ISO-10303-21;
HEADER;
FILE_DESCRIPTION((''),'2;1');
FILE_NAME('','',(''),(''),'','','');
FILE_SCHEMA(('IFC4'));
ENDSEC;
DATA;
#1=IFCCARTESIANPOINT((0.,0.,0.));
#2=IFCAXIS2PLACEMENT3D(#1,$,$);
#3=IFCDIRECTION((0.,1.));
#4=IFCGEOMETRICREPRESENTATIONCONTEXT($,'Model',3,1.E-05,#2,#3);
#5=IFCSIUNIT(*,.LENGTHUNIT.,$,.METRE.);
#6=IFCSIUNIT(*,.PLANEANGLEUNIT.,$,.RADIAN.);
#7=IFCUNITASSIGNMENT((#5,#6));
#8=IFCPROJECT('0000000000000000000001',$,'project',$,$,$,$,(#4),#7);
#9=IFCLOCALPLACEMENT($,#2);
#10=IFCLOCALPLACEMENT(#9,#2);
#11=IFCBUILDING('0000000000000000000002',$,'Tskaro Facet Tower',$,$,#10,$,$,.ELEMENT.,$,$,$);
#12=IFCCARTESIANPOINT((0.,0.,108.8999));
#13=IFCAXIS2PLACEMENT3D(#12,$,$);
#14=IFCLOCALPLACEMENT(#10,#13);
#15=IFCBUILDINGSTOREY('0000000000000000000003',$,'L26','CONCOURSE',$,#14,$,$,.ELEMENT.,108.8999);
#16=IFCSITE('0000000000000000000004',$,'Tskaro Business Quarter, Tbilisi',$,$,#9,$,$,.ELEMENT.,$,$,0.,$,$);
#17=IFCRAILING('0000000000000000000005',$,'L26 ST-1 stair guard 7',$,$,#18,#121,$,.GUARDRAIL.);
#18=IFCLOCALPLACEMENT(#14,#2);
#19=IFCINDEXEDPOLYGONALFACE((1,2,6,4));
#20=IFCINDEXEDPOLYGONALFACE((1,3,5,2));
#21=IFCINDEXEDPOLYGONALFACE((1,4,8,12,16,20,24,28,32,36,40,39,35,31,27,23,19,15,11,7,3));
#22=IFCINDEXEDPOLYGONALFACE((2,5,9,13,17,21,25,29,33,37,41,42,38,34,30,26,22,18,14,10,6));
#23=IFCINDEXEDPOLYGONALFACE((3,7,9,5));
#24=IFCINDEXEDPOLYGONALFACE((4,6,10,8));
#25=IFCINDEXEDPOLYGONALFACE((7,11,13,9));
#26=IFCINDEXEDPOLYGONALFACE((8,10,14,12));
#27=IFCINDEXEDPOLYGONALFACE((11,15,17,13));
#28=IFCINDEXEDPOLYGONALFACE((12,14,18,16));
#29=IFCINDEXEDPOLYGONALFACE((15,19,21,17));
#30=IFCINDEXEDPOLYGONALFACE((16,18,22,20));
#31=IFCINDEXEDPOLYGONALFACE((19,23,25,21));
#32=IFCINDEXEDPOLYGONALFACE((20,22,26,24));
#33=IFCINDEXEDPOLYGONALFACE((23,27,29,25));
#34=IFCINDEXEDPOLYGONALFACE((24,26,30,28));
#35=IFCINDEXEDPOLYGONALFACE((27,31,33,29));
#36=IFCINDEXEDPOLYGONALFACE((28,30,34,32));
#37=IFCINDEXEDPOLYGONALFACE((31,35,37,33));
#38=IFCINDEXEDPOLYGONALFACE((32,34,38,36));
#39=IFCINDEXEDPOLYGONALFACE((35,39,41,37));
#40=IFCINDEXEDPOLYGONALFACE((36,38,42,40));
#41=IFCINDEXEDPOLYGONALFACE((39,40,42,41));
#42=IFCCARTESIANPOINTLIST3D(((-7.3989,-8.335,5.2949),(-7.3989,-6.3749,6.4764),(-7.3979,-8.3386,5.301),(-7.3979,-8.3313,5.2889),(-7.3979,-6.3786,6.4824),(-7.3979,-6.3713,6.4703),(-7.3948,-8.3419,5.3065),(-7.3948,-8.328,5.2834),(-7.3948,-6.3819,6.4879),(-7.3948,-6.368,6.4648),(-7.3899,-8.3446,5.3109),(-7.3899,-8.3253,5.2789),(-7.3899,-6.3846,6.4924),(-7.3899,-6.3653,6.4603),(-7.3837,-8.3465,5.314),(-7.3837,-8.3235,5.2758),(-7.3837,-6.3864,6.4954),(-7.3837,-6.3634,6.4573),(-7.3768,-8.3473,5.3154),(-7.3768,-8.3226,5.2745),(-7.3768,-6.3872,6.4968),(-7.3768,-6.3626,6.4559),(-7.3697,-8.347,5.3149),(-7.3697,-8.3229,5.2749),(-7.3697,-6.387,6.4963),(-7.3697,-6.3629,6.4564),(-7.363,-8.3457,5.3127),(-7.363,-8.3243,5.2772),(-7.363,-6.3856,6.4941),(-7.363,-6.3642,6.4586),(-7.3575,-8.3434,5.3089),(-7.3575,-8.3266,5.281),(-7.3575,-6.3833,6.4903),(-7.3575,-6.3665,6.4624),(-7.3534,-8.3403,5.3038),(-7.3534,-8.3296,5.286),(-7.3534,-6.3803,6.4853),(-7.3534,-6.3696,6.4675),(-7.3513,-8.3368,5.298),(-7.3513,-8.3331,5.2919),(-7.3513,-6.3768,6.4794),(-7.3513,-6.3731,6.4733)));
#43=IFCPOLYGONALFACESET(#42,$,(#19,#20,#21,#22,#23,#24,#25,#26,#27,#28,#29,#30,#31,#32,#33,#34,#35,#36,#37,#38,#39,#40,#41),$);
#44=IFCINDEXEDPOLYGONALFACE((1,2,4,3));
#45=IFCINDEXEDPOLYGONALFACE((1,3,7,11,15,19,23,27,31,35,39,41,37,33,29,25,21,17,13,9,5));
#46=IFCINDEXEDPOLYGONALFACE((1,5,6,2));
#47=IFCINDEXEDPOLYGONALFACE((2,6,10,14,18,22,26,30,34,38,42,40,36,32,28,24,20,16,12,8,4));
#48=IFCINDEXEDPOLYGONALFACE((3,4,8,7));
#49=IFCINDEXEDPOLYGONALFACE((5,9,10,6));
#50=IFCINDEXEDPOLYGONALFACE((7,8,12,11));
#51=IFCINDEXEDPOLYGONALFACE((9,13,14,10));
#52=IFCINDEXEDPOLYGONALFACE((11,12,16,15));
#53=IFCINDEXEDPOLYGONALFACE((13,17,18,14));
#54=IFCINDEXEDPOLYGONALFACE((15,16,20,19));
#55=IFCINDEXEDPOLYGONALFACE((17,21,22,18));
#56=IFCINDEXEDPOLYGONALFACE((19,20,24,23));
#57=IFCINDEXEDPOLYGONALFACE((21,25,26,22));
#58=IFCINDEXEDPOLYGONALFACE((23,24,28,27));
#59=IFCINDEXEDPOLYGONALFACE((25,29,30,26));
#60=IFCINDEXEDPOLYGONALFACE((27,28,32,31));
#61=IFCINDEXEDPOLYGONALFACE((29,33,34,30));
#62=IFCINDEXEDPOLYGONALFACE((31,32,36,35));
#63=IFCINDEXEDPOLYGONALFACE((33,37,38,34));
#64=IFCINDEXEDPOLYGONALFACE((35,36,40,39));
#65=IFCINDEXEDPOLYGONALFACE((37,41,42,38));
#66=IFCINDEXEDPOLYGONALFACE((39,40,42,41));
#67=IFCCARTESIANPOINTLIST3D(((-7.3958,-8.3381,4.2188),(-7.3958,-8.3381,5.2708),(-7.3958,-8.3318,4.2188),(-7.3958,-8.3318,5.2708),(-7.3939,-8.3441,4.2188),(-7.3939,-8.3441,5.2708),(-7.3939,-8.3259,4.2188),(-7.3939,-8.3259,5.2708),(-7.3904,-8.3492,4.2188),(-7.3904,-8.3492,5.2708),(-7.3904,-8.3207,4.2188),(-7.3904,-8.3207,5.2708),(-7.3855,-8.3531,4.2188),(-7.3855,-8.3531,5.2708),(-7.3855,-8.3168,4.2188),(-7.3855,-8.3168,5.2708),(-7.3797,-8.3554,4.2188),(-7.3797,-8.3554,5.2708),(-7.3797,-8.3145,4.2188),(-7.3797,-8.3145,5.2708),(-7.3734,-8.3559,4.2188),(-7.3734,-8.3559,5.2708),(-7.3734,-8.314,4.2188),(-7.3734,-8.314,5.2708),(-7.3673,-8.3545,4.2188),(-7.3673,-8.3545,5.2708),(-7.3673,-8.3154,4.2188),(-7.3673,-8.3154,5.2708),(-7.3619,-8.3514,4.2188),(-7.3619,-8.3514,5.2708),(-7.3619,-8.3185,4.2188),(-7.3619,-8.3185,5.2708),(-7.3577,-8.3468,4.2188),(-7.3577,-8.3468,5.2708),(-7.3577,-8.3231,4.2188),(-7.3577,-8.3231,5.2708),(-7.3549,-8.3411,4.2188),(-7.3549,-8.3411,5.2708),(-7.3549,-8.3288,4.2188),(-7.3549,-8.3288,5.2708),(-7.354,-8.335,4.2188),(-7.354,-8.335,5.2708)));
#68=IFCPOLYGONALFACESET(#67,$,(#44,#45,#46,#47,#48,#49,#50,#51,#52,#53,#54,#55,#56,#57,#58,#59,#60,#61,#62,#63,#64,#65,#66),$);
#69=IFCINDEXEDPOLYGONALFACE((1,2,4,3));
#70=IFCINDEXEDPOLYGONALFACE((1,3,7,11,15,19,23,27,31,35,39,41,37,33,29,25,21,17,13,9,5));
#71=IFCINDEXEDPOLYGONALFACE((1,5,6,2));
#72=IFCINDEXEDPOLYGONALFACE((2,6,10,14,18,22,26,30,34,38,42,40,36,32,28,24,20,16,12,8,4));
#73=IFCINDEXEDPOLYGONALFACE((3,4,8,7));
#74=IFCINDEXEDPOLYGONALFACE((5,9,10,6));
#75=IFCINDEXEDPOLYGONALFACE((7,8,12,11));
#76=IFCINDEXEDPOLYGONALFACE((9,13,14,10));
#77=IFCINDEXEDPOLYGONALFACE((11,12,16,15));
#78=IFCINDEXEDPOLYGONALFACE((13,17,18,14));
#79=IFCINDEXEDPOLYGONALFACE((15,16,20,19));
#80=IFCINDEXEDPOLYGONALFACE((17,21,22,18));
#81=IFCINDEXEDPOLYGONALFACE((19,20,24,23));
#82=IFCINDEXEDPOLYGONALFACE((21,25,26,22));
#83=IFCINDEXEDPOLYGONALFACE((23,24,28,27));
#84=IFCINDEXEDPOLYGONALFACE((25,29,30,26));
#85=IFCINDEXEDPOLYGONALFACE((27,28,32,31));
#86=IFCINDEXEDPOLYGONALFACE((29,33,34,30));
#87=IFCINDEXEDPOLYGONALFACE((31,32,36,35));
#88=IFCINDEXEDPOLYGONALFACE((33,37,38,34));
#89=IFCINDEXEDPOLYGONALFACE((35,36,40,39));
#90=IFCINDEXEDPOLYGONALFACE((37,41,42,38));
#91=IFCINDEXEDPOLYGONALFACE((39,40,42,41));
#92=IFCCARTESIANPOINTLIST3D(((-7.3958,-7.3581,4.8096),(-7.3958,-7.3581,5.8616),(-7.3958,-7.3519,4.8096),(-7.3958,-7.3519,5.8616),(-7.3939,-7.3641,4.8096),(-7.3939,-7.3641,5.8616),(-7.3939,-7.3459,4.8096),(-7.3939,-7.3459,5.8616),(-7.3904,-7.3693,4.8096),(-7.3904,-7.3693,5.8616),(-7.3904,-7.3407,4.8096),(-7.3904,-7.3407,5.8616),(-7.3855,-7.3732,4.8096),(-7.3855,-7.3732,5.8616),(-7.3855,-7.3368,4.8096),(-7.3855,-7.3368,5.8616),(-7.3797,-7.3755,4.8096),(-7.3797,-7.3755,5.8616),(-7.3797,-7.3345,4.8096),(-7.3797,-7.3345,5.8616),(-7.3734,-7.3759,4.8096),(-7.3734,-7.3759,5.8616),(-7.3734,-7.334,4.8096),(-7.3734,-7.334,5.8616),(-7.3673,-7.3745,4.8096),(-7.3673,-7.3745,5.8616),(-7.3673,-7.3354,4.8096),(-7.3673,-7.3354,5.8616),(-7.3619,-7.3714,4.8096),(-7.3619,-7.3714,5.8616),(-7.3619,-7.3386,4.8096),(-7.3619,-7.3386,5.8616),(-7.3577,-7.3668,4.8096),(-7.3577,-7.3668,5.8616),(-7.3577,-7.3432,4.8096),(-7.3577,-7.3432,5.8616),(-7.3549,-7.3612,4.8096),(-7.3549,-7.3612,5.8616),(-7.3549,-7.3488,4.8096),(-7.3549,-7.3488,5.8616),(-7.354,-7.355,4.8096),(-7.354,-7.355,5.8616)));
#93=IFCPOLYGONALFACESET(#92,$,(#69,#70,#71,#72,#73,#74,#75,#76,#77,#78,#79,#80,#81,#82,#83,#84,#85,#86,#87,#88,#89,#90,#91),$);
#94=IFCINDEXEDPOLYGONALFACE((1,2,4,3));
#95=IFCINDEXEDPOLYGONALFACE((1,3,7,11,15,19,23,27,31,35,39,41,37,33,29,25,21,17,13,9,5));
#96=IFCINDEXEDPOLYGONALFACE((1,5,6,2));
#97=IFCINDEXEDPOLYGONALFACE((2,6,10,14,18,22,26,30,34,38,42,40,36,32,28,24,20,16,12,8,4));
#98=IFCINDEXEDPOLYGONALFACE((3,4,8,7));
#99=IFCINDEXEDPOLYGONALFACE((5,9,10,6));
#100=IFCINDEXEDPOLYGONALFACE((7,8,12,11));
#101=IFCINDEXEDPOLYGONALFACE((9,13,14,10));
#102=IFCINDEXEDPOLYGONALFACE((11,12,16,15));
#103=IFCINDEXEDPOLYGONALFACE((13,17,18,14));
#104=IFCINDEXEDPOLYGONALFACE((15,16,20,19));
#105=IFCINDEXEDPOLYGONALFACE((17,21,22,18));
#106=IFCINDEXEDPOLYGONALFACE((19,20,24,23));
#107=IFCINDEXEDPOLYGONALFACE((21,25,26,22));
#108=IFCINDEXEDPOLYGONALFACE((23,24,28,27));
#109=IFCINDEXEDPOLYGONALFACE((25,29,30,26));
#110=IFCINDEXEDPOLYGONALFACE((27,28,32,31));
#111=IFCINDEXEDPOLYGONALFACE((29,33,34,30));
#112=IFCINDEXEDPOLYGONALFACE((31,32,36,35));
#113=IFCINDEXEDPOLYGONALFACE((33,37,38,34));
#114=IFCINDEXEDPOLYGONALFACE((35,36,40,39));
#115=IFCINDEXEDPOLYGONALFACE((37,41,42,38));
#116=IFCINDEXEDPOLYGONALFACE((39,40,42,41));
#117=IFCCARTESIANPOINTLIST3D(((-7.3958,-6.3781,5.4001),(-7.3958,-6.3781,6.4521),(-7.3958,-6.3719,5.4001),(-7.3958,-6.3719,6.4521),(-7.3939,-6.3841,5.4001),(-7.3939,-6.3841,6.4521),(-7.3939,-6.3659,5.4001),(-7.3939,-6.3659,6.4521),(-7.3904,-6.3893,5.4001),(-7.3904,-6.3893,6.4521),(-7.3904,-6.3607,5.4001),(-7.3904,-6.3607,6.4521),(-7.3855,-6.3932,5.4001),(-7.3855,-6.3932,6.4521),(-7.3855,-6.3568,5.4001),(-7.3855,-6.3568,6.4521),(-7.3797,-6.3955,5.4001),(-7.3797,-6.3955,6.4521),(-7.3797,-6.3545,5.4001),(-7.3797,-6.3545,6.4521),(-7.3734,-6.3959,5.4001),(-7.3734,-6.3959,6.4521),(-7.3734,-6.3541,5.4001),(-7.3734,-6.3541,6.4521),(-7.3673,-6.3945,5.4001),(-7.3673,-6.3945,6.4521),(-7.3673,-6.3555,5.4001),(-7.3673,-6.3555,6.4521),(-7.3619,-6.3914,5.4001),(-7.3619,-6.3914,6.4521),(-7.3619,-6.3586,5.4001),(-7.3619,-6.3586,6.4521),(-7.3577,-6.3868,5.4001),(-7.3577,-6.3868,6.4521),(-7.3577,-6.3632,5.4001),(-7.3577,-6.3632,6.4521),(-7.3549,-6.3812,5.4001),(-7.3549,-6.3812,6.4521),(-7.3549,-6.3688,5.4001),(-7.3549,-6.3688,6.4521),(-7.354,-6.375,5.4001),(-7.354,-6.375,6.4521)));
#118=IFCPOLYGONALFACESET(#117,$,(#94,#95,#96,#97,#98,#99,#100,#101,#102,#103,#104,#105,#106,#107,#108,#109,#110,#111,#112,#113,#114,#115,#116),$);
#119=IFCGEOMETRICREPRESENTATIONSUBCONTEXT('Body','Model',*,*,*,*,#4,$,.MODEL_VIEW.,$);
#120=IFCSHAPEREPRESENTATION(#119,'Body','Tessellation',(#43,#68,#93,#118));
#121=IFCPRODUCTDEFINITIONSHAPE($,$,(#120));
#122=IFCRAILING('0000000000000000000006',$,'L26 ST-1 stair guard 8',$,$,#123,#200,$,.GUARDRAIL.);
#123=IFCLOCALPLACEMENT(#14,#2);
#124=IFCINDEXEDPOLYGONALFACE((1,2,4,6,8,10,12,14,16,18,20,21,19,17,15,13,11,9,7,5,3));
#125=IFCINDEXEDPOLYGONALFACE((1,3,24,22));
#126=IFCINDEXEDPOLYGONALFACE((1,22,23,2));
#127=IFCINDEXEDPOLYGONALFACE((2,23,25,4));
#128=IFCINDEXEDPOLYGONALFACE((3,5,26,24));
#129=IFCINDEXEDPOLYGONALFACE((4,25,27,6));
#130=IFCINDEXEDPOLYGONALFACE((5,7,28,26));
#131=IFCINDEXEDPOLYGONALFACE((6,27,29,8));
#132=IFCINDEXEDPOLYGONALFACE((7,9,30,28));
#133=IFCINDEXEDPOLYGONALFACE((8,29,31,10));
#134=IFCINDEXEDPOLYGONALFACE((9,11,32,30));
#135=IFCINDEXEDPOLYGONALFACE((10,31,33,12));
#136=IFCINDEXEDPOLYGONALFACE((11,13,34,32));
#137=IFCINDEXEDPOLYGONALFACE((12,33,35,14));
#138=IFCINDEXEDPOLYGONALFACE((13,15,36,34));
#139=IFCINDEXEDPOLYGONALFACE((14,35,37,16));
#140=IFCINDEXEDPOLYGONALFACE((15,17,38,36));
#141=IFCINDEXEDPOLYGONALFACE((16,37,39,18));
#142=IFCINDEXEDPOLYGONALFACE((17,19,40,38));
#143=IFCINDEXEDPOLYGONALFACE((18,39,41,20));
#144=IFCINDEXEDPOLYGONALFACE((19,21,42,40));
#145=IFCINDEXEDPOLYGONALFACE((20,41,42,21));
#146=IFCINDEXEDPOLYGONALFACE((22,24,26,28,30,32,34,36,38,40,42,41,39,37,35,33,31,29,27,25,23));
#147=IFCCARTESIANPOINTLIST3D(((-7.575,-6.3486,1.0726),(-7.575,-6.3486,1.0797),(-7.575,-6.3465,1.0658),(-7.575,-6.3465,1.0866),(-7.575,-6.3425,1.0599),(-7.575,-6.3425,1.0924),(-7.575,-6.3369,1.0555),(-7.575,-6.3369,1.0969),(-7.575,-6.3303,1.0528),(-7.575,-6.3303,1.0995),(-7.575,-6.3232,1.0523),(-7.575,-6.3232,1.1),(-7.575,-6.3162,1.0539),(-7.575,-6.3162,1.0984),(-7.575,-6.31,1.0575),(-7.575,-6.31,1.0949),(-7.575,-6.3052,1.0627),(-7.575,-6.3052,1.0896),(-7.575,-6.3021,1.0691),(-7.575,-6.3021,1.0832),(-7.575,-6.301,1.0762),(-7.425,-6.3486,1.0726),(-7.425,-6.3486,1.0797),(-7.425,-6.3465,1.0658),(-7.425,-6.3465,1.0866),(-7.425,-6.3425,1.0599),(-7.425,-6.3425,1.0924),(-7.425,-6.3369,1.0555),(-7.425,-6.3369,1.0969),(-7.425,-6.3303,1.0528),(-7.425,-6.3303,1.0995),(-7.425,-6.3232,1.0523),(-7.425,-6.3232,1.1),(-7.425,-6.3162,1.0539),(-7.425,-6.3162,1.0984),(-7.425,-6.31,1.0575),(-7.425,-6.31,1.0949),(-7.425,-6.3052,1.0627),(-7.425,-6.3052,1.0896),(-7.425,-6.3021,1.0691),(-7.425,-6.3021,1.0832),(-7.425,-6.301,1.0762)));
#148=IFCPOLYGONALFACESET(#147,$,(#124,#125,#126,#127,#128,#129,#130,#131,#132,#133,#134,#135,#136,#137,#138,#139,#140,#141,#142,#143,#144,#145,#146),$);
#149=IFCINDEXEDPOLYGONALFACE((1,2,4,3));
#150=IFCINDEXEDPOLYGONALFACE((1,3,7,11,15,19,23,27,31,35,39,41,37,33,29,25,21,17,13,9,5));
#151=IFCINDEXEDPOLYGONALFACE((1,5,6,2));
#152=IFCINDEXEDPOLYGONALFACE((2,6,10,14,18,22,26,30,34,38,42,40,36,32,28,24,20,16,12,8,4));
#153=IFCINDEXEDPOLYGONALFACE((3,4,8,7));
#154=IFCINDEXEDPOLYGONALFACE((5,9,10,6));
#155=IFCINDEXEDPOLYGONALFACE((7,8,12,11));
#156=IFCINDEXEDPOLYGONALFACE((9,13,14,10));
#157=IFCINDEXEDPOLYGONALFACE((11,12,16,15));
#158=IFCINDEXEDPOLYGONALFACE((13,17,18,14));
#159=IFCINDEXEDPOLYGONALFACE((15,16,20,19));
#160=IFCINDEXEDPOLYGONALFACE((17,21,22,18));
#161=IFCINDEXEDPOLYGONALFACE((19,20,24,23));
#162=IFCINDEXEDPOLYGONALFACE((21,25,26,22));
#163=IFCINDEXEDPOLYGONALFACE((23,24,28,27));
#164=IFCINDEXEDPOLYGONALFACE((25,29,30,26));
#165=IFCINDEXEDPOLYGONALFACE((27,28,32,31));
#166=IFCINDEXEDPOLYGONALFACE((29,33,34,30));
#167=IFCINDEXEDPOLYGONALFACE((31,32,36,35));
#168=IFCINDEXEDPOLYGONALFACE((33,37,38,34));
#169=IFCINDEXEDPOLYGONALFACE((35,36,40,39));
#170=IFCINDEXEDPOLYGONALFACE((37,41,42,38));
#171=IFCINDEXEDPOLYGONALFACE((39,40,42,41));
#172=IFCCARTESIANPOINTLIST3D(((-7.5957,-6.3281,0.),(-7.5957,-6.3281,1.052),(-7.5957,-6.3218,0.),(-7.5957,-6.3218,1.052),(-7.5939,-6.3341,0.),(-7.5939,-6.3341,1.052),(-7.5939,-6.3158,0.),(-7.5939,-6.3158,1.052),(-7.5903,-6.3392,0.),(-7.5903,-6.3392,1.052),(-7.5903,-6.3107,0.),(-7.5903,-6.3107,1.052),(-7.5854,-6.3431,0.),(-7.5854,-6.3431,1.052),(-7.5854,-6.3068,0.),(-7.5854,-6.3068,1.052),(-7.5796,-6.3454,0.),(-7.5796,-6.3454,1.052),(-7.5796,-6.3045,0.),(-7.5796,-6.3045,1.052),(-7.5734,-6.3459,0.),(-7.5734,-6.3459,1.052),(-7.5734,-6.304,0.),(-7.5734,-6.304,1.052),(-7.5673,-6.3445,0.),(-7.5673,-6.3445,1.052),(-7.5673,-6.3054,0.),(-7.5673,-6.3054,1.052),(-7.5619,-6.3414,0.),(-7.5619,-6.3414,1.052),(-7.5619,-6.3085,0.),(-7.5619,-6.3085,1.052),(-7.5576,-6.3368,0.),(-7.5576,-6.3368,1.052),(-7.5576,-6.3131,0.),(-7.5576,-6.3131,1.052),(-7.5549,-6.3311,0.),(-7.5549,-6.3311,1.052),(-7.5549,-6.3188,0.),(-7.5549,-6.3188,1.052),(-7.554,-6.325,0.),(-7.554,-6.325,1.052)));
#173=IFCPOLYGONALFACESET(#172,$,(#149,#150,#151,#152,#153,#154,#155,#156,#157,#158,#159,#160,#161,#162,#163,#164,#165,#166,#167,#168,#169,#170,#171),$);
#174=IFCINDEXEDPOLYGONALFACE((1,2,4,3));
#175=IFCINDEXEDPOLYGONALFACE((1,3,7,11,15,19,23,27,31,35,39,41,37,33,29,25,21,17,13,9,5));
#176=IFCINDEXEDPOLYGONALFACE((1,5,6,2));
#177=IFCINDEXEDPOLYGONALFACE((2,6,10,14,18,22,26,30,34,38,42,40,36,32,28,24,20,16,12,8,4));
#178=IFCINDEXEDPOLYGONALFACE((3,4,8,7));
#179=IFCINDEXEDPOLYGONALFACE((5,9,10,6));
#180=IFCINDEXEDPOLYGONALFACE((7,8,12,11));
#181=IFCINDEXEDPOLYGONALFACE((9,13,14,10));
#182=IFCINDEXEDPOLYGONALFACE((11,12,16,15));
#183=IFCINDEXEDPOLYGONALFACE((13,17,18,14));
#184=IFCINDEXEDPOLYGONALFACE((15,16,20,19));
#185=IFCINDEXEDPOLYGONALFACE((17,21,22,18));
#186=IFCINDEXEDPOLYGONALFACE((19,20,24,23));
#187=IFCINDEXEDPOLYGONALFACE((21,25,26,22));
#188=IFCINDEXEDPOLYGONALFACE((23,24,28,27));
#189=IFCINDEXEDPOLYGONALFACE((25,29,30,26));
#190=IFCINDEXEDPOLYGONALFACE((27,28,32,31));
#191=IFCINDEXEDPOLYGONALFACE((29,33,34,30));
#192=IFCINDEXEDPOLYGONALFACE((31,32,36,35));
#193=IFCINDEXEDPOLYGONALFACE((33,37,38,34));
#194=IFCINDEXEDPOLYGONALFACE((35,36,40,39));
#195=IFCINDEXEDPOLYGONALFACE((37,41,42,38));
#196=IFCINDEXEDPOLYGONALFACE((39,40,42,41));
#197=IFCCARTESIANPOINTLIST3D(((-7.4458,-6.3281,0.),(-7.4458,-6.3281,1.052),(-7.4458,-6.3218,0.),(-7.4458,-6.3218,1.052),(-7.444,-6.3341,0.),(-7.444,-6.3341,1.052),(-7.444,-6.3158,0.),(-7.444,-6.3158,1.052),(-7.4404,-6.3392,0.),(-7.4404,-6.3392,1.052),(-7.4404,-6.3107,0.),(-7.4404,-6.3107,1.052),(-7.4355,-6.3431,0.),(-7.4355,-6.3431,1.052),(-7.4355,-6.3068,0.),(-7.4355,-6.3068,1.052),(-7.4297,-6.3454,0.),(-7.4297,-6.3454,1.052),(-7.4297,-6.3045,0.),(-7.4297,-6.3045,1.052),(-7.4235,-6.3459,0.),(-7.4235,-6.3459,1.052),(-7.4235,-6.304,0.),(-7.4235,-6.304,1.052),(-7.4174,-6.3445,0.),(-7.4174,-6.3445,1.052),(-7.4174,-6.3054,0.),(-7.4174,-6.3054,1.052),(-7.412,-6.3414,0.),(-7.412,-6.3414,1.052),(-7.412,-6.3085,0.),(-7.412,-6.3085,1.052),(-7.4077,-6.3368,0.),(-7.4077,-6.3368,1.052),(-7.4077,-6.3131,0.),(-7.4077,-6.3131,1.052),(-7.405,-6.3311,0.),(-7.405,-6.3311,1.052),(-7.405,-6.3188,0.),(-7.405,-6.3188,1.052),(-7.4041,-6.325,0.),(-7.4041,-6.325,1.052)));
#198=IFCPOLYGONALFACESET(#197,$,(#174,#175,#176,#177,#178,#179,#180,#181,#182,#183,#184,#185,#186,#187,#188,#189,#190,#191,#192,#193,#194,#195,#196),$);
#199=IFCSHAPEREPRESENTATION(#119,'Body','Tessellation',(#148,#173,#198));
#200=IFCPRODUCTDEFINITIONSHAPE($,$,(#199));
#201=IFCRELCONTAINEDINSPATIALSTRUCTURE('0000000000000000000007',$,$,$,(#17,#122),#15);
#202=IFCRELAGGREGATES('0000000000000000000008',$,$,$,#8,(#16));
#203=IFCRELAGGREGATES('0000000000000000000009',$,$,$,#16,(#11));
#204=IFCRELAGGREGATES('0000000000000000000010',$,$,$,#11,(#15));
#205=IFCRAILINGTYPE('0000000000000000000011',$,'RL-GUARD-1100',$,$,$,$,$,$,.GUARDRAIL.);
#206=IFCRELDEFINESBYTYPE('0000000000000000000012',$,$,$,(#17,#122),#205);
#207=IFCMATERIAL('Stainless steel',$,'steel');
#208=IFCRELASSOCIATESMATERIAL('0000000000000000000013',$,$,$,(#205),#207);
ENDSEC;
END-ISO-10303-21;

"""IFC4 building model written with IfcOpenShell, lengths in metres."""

from ifc_helpers import new_model, si_unit, direction, frame, origin, origin_2d, place, context, subcontext, project, spatial, circle, extrude, material, type_object, element, save


model = new_model("IFC4")

# Units and contexts
model_context = context("Model", 3, precision=1e-05, world=origin(), true_north=direction((0.0, 1.0)))
body_context = subcontext(model_context, "Body", "Model", "MODEL_VIEW")
ifc_project = project(units=[si_unit("LENGTHUNIT", "METRE"), si_unit("PLANEANGLEUNIT", "RADIAN")], contexts=[model_context])

# Site, building, storey
site_placement = place(None, origin())
site = spatial("IfcSite", under=ifc_project, at=site_placement, Name="Tskaro Business Quarter, Tbilisi", CompositionType="ELEMENT", RefElevation=0.0)
building_placement = place(site_placement, origin())
building = spatial("IfcBuilding", under=site, at=building_placement, Name="Tskaro Facet Tower", CompositionType="ELEMENT")
storey_placement = place(building_placement, frame((0.0, 0.0, 108.8999)))
storey = spatial("IfcBuildingStorey", under=building, at=storey_placement, Name="L26", Description="CONCOURSE", CompositionType="ELEMENT", Elevation=108.8999)

# Shared definitions
ifc_material_1 = material(Name="Stainless steel", Category="steel")

# Railings
railing_type_1 = type_object("IfcRailingType", Name="RL-GUARD-1100", PredefinedType="GUARDRAIL", material=ifc_material_1)
railing_1_placement = place(storey_placement, frame((-7.375, -8.335, 4.2188)))
element("IfcRailing", 1, at=railing_1_placement, inside=storey, type_object=railing_type_1, Name="L26 ST-1 stair guard 7", PredefinedType="GUARDRAIL", context=body_context, shape_type="SweptSolid", body=[
    extrude(circle(Radius=0.0239, at=origin_2d()), frame((0.0, 0.0, 1.0762), z_axis=(0.0, 0.856446, 0.516236), x_axis=(-1.0, 0.0, 0.0)), (0.0, 0.0, 1.0), 2.2886),
    extrude(circle(Radius=0.021, at=origin_2d()), origin(), (0.0, 0.0, 1.0), 1.052),
    extrude(circle(Radius=0.021, at=origin_2d()), frame((0.0, 0.98, 0.5908)), (0.0, 0.0, 1.0), 1.052),
    extrude(circle(Radius=0.021, at=origin_2d()), frame((0.0, 1.96, 1.1814)), (0.0, 0.0, 1.0), 1.052),
])
railing_2_placement = place(storey_placement, frame((-7.575, -6.325, 0.0)))
element("IfcRailing", 2, at=railing_2_placement, inside=storey, type_object=railing_type_1, Name="L26 ST-1 stair guard 8", PredefinedType="GUARDRAIL", context=body_context, shape_type="SweptSolid", body=[
    extrude(circle(Radius=0.0239, at=origin_2d()), frame((0.0, 0.0, 1.0762), z_axis=(1.0, 0.0, 0.0), x_axis=(0.0, 1.0, 0.0)), (0.0, 0.0, 1.0), 0.1499),
    extrude(circle(Radius=0.021, at=origin_2d()), origin(), (0.0, 0.0, 1.0), 1.052),
    extrude(circle(Radius=0.021, at=origin_2d()), frame((0.1499, 0.0, 0.0)), (0.0, 0.0, 1.0), 1.052),
])

save(model, "model.ifc")
